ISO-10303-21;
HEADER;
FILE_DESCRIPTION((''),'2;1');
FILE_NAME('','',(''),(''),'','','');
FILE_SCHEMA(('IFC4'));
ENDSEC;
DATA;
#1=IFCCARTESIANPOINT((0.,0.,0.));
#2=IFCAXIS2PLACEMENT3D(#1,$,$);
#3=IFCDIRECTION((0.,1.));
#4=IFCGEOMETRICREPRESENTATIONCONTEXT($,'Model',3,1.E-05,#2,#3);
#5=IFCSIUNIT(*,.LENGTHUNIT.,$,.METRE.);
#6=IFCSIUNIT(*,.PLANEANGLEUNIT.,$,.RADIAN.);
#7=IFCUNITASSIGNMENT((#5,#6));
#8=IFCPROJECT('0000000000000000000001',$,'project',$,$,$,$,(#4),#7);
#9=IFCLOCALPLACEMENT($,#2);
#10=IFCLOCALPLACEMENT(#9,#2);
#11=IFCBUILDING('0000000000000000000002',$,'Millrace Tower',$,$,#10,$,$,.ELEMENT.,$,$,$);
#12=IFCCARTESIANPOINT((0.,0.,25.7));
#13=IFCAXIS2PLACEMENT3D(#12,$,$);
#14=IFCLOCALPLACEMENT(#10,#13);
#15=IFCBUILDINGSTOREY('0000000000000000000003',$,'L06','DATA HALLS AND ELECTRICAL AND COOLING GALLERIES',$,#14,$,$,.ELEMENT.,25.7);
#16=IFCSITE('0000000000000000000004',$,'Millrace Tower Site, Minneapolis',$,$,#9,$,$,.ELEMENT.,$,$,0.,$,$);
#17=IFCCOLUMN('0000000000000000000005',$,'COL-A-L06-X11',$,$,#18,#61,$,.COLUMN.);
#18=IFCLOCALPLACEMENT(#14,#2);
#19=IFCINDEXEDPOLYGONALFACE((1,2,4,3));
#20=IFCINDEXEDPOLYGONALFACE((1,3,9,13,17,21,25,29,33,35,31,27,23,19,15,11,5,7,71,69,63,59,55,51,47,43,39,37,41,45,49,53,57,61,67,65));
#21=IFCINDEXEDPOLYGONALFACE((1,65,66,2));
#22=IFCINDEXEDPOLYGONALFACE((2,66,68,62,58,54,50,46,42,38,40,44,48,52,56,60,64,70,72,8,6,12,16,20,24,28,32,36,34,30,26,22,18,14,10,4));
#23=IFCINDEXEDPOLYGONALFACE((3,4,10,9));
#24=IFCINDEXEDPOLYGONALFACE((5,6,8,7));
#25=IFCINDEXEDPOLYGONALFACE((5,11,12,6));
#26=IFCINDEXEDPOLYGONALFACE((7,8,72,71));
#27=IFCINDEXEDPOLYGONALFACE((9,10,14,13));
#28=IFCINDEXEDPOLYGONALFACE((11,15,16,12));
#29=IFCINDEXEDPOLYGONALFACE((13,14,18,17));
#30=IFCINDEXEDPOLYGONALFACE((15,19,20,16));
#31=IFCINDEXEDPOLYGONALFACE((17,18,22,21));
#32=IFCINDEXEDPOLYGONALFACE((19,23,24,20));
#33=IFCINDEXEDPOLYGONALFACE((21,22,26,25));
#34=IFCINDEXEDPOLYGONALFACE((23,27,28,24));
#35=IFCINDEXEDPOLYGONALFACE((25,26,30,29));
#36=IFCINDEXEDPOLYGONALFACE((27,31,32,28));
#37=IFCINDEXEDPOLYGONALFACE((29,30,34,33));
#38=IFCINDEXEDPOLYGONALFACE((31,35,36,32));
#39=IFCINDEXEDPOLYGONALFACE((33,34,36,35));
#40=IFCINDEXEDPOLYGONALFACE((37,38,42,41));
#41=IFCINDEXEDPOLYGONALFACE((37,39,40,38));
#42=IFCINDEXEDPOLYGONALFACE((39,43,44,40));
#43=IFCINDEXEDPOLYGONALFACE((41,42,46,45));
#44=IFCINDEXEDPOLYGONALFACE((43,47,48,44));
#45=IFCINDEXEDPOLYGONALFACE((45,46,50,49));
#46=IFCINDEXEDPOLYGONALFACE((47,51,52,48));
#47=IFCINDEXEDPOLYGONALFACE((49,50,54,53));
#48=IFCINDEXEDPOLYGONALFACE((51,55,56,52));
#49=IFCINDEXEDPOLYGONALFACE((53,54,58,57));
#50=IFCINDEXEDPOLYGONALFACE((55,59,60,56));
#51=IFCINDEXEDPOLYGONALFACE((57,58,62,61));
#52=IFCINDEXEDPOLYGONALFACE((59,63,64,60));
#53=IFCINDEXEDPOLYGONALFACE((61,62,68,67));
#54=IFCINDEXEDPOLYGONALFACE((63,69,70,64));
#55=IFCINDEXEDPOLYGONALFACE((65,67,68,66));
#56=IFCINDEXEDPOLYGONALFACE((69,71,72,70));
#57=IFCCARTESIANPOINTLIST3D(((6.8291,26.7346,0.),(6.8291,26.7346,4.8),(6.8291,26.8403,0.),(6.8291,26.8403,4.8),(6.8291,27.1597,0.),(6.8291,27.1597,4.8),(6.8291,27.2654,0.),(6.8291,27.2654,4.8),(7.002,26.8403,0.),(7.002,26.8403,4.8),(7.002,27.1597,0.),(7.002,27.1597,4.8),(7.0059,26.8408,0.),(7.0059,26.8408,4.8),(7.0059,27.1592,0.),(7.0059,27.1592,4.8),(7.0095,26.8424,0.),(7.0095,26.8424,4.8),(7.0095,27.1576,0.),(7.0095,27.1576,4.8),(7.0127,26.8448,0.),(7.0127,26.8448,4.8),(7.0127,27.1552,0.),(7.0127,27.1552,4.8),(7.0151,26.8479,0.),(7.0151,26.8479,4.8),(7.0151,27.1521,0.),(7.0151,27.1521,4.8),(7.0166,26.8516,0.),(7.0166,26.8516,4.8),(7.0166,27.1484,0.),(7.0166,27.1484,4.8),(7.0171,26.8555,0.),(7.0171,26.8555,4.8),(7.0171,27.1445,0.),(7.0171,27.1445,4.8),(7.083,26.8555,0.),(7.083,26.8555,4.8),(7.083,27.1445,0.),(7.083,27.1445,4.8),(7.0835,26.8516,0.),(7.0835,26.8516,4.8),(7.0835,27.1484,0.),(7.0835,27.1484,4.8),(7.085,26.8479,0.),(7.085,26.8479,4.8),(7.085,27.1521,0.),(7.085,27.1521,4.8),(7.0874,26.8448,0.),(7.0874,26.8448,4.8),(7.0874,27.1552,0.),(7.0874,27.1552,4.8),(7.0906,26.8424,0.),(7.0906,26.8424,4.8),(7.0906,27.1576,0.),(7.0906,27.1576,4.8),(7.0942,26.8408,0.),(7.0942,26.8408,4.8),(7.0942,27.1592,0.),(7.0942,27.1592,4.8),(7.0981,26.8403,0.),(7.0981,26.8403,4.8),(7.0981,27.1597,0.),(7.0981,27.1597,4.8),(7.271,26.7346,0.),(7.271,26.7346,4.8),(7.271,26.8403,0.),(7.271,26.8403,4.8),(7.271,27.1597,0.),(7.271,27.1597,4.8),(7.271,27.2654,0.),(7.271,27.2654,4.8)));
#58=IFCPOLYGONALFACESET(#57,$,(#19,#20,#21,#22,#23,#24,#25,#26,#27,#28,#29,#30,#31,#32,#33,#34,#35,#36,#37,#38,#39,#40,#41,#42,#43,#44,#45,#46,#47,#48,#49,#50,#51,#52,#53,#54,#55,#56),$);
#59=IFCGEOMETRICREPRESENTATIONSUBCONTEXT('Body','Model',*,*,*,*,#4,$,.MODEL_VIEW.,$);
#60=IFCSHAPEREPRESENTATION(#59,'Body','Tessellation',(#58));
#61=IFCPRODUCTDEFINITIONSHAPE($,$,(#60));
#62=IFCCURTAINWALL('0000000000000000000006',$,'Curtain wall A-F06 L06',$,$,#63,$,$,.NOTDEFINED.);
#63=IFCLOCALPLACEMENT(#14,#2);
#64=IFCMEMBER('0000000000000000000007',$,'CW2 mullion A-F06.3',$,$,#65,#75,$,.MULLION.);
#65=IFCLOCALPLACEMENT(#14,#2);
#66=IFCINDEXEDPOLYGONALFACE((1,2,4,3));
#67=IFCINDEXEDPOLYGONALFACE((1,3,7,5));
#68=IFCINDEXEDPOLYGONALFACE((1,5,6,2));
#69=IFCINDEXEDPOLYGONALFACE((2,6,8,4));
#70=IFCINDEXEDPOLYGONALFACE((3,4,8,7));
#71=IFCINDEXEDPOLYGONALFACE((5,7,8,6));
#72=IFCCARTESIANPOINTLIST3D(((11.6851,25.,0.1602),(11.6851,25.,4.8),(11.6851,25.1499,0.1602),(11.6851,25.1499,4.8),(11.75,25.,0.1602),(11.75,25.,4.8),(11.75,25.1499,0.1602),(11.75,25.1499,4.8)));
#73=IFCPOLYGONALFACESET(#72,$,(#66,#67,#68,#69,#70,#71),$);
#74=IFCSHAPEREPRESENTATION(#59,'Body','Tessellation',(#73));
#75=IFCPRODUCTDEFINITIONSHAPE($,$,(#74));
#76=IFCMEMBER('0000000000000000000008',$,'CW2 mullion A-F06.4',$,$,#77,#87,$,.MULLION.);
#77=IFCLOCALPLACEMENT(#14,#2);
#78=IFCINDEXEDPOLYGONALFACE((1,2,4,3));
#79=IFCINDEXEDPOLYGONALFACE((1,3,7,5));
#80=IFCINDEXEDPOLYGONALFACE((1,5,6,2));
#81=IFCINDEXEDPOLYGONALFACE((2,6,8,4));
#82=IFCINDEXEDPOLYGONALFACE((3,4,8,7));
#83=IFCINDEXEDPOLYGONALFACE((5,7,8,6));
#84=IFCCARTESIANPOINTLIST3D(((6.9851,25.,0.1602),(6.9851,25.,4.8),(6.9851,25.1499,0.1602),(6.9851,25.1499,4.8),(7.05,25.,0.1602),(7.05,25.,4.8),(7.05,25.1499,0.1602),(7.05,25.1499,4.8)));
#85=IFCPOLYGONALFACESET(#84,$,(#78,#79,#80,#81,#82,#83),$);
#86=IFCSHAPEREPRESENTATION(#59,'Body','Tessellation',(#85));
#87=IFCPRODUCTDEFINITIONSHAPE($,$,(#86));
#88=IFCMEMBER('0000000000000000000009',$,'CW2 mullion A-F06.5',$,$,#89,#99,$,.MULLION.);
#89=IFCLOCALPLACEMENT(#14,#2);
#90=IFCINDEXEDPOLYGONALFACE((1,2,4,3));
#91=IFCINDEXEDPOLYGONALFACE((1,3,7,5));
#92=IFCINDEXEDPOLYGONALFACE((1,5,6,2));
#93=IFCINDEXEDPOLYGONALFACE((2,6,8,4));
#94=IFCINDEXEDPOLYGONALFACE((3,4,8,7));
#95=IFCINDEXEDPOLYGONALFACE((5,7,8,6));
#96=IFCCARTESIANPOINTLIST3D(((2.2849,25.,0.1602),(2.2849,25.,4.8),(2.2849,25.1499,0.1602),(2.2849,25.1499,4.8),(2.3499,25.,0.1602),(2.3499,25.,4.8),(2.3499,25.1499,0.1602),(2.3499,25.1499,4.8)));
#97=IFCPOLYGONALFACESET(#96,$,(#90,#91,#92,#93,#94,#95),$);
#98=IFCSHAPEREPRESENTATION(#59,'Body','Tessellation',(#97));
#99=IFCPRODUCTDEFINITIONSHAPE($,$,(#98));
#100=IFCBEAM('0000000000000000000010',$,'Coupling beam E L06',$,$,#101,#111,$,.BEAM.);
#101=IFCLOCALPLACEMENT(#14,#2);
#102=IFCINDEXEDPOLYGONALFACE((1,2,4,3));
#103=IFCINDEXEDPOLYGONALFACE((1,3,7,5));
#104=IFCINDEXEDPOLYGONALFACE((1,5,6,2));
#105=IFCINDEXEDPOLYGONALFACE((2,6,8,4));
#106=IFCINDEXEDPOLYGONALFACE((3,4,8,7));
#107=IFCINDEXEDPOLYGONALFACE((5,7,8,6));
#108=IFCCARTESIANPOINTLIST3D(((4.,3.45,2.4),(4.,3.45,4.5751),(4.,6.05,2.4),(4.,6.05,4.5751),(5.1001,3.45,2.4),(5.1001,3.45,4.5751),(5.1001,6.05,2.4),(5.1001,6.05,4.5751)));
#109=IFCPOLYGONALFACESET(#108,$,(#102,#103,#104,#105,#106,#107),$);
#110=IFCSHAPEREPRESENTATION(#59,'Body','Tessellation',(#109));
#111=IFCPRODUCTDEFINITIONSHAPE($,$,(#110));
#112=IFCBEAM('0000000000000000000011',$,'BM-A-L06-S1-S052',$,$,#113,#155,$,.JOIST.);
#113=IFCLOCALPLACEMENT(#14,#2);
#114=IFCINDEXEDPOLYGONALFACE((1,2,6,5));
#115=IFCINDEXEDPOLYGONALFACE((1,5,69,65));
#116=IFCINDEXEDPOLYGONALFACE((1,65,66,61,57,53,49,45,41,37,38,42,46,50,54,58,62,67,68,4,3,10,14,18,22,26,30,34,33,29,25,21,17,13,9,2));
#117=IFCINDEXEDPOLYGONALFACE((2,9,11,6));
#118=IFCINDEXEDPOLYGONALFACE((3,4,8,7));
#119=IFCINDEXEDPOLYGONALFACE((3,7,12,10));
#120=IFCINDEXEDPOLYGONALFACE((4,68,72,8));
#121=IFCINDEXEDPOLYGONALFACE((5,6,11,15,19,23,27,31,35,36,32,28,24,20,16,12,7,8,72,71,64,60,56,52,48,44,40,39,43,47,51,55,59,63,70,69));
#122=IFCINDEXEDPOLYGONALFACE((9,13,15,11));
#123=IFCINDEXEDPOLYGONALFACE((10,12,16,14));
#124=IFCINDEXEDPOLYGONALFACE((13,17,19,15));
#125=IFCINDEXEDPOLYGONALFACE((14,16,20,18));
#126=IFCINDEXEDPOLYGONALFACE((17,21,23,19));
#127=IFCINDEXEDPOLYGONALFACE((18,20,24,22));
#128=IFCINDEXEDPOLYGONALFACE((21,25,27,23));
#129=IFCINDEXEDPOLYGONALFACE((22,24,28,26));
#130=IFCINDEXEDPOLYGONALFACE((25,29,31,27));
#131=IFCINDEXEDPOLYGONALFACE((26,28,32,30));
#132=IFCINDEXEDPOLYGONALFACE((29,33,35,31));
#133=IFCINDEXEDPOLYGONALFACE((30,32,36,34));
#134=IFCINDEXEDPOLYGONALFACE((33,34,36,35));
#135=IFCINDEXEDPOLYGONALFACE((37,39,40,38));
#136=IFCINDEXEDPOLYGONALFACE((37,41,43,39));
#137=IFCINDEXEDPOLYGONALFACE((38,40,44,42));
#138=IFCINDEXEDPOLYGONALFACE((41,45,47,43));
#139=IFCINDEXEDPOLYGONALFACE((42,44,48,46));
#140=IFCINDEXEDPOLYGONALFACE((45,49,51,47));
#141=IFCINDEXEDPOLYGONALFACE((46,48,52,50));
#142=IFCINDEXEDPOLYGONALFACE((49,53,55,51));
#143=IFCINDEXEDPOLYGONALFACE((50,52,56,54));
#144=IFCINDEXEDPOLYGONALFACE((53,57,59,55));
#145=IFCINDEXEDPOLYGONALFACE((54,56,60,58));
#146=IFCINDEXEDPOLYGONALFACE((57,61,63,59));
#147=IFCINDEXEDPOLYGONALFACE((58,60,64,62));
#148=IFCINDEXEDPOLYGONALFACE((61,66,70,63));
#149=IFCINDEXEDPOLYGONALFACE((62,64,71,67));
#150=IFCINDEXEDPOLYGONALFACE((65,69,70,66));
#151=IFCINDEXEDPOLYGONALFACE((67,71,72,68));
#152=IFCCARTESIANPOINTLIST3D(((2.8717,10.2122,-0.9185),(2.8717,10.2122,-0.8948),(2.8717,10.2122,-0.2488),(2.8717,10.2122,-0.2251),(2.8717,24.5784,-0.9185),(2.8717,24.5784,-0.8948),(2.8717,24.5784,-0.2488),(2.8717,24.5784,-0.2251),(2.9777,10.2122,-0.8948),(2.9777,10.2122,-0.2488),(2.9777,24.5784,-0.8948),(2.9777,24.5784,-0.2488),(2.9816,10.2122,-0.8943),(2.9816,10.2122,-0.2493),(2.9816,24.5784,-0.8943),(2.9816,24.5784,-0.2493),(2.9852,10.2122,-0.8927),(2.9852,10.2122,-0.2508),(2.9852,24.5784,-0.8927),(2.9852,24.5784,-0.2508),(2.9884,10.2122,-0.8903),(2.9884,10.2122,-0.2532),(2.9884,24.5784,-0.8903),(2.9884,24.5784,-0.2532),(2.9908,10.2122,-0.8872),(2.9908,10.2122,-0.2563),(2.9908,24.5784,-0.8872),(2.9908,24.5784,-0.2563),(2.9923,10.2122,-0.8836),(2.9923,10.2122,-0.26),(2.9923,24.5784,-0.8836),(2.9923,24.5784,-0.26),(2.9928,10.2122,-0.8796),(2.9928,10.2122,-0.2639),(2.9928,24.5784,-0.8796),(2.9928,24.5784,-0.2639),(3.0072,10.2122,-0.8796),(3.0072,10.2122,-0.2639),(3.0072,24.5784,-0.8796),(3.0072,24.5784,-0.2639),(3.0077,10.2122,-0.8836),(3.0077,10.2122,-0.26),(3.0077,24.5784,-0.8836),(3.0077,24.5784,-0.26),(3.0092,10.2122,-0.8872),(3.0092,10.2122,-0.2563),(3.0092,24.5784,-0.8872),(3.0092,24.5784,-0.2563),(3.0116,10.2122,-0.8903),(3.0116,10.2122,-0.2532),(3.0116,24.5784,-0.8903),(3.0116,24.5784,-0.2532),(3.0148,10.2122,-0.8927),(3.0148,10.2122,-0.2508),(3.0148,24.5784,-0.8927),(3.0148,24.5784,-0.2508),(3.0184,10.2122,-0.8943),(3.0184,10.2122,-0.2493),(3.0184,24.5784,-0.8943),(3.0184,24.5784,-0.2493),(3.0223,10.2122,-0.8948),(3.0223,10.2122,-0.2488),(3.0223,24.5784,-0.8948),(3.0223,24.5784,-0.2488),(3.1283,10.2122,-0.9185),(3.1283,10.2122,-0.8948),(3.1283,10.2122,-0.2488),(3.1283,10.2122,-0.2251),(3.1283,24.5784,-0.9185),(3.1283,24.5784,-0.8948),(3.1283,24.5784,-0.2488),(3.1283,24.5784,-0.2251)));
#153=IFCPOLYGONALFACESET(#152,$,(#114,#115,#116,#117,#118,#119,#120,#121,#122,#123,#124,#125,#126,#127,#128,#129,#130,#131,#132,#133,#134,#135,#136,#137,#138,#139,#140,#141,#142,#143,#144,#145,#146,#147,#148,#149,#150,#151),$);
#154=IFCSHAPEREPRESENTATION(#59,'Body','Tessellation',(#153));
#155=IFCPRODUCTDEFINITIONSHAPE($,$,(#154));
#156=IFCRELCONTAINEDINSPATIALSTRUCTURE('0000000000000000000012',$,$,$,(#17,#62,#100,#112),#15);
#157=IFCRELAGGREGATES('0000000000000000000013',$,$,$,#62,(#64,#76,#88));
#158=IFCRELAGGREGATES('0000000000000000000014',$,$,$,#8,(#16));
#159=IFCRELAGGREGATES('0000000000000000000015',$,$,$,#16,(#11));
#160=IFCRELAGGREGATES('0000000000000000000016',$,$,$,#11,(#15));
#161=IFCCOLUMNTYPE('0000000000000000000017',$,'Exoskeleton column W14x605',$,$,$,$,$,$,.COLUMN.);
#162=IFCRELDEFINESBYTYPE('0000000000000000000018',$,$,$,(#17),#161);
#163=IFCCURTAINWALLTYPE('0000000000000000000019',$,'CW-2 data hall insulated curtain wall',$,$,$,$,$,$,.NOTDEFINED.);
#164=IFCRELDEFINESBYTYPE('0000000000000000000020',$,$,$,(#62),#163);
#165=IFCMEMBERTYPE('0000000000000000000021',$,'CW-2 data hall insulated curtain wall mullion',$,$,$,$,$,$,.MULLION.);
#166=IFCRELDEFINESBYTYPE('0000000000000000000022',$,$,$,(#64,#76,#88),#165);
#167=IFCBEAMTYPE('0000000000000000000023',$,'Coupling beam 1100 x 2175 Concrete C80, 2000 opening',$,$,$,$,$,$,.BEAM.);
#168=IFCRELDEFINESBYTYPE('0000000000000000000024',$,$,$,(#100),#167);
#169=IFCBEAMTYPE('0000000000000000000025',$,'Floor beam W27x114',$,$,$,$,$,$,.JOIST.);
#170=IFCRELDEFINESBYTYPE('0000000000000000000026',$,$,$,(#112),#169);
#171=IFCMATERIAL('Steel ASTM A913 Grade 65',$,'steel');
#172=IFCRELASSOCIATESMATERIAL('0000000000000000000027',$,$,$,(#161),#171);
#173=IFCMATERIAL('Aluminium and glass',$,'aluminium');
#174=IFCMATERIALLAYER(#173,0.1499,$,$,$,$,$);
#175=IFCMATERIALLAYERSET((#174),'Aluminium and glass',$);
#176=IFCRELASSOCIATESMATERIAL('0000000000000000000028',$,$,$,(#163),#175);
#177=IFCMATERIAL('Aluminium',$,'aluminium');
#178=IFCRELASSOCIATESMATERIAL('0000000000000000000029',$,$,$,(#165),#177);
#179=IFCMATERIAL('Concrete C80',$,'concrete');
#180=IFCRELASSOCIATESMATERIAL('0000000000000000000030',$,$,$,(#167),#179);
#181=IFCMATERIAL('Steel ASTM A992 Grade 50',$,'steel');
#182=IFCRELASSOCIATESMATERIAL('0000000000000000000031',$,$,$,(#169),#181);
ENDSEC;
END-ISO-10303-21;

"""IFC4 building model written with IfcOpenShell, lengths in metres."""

from ifc_helpers import new_model, si_unit, direction, frame, origin, origin_2d, place, context, subcontext, project, spatial, rectangle, i_section, extrude, material, layer, layer_set, material_profile, profile_set, type_object, element, aggregate, save


model = new_model("IFC4")

# Units and contexts
model_context = context("Model", 3, precision=1e-05, world=origin(), true_north=direction((0.0, 1.0)))
body_context = subcontext(model_context, "Body", "Model", "MODEL_VIEW")
ifc_project = project(units=[si_unit("LENGTHUNIT", "METRE"), si_unit("PLANEANGLEUNIT", "RADIAN")], contexts=[model_context])

# Site, building, storey
site_placement = place(None, origin())
site = spatial("IfcSite", under=ifc_project, at=site_placement, Name="Millrace Tower Site, Minneapolis", CompositionType="ELEMENT", RefElevation=0.0)
building_placement = place(site_placement, origin())
building = spatial("IfcBuilding", under=site, at=building_placement, Name="Millrace Tower", CompositionType="ELEMENT")
storey_placement = place(building_placement, frame((0.0, 0.0, 25.7)))
storey = spatial("IfcBuildingStorey", under=building, at=storey_placement, Name="L06", Description="DATA HALLS AND ELECTRICAL AND COOLING GALLERIES", CompositionType="ELEMENT", Elevation=25.7)

# Column
ifc_material_1 = material(Name="Steel ASTM A913 Grade 65", Category="steel")
ifc_material_profile_1 = material_profile(ifc_material_1, i_section(OverallWidth=0.4419, OverallDepth=0.5308, WebThickness=0.0659, FlangeThickness=0.1057, FilletRadius=0.0151, at=origin_2d()))
ifc_profile_set_1 = profile_set([ifc_material_profile_1], Name="Steel ASTM A913 Grade 65")
column_type = type_object("IfcColumnType", Name="Exoskeleton column W14x605", PredefinedType="COLUMN", material=ifc_profile_set_1)
column_placement = place(storey_placement, frame((7.05, 27.0, 0.0), z_axis=(0.0, 0.0, 1.0), x_axis=(-1.0, 0.0, 0.0)))
element("IfcColumn", 1, at=column_placement, inside=storey, type_object=column_type, Name="COL-A-L06-X11", PredefinedType="COLUMN", context=body_context, shape_type="SweptSolid", body=[
    extrude(i_section(OverallWidth=0.4419, OverallDepth=0.5308, WebThickness=0.0659, FlangeThickness=0.1057, FilletRadius=0.0151, at=origin_2d()), origin(), (0.0, 0.0, 1.0), 4.8),
])

# Curtain wall, members
ifc_material_2 = material(Name="Aluminium and glass", Category="aluminium")
ifc_layer_1 = layer(ifc_material_2, 0.1499)
ifc_layer_set_1 = layer_set([ifc_layer_1], Name="Aluminium and glass")
curtain_wall_type = type_object("IfcCurtainWallType", Name="CW-2 data hall insulated curtain wall", PredefinedType="NOTDEFINED", material=ifc_layer_set_1)
curtain_wall_placement = place(storey_placement, origin())
curtain_wall = element("IfcCurtainWall", 2, at=curtain_wall_placement, inside=storey, type_object=curtain_wall_type, Name="Curtain wall A-F06 L06", PredefinedType="NOTDEFINED")
ifc_material_3 = material(Name="Aluminium", Category="aluminium")
ifc_material_profile_2 = material_profile(ifc_material_3, rectangle(XDim=0.0649, YDim=0.1499, at=origin_2d()))
ifc_profile_set_2 = profile_set([ifc_material_profile_2], Name="Aluminium")
member_type = type_object("IfcMemberType", Name="CW-2 data hall insulated curtain wall mullion", PredefinedType="MULLION", material=ifc_profile_set_2)
member_1_placement = place(storey_placement, frame((11.7175, 25.075, 0.1602), z_axis=(0.0, 0.0, 1.0), x_axis=(-1.0, 0.0, 0.0)))
member_1 = element("IfcMember", 3, at=member_1_placement, type_object=member_type, Name="CW2 mullion A-F06.3", PredefinedType="MULLION", context=body_context, shape_type="SweptSolid", body=[
    extrude(rectangle(XDim=0.0649, YDim=0.1499, at=origin_2d()), origin(), (0.0, 0.0, 1.0), 4.6399),
])
member_2_placement = place(storey_placement, frame((7.0176, 25.075, 0.1602), z_axis=(0.0, 0.0, 1.0), x_axis=(-1.0, 0.0, 0.0)))
member_2 = element("IfcMember", 4, at=member_2_placement, type_object=member_type, Name="CW2 mullion A-F06.4", PredefinedType="MULLION", context=body_context, shape_type="SweptSolid", body=[
    extrude(rectangle(XDim=0.0649, YDim=0.1499, at=origin_2d()), origin(), (0.0, 0.0, 1.0), 4.6399),
])
member_3_placement = place(storey_placement, frame((2.3174, 25.075, 0.1602), z_axis=(0.0, 0.0, 1.0), x_axis=(-1.0, 0.0, 0.0)))
member_3 = element("IfcMember", 5, at=member_3_placement, type_object=member_type, Name="CW2 mullion A-F06.5", PredefinedType="MULLION", context=body_context, shape_type="SweptSolid", body=[
    extrude(rectangle(XDim=0.0649, YDim=0.1499, at=origin_2d()), origin(), (0.0, 0.0, 1.0), 4.6399),
])
aggregate(curtain_wall, [member_1, member_2, member_3])

# Beams
ifc_material_4 = material(Name="Concrete C80", Category="concrete")
ifc_material_profile_3 = material_profile(ifc_material_4, rectangle(XDim=1.1001, YDim=2.175, at=origin_2d()))
ifc_profile_set_3 = profile_set([ifc_material_profile_3], Name="Concrete C80")
beam_type_1 = type_object("IfcBeamType", Name="Coupling beam 1100 x 2175 Concrete C80, 2000 opening", PredefinedType="BEAM", material=ifc_profile_set_3)
beam_1_placement = place(storey_placement, frame((4.55, 6.05, 3.4875), z_axis=(0.0, -1.0, 0.0), x_axis=(1.0, 0.0, 0.0)))
element("IfcBeam", 6, at=beam_1_placement, inside=storey, type_object=beam_type_1, Name="Coupling beam E L06", PredefinedType="BEAM", context=body_context, shape_type="SweptSolid", body=[
    extrude(rectangle(XDim=1.1001, YDim=2.175, at=origin_2d()), origin(), (0.0, 0.0, 1.0), 2.6001),
])
ifc_material_5 = material(Name="Steel ASTM A992 Grade 50", Category="steel")
ifc_material_profile_4 = material_profile(ifc_material_5, i_section(OverallWidth=0.2566, OverallDepth=0.6934, WebThickness=0.0144, FlangeThickness=0.0237, FilletRadius=0.0151, at=origin_2d()))
ifc_profile_set_4 = profile_set([ifc_material_profile_4], Name="Steel ASTM A992 Grade 50")
beam_type_2 = type_object("IfcBeamType", Name="Floor beam W27x114", PredefinedType="JOIST", material=ifc_profile_set_4)
beam_2_placement = place(storey_placement, frame((3.0, 10.2122, -0.5718), z_axis=(0.0, 1.0, 0.0), x_axis=(-1.0, 0.0, 0.0)))
element("IfcBeam", 7, at=beam_2_placement, inside=storey, type_object=beam_type_2, Name="BM-A-L06-S1-S052", PredefinedType="JOIST", context=body_context, shape_type="SweptSolid", body=[
    extrude(i_section(OverallWidth=0.2566, OverallDepth=0.6934, WebThickness=0.0144, FlangeThickness=0.0237, FilletRadius=0.0151, at=origin_2d()), origin(), (0.0, 0.0, 1.0), 14.3662),
])

save(model, "model.ifc")
